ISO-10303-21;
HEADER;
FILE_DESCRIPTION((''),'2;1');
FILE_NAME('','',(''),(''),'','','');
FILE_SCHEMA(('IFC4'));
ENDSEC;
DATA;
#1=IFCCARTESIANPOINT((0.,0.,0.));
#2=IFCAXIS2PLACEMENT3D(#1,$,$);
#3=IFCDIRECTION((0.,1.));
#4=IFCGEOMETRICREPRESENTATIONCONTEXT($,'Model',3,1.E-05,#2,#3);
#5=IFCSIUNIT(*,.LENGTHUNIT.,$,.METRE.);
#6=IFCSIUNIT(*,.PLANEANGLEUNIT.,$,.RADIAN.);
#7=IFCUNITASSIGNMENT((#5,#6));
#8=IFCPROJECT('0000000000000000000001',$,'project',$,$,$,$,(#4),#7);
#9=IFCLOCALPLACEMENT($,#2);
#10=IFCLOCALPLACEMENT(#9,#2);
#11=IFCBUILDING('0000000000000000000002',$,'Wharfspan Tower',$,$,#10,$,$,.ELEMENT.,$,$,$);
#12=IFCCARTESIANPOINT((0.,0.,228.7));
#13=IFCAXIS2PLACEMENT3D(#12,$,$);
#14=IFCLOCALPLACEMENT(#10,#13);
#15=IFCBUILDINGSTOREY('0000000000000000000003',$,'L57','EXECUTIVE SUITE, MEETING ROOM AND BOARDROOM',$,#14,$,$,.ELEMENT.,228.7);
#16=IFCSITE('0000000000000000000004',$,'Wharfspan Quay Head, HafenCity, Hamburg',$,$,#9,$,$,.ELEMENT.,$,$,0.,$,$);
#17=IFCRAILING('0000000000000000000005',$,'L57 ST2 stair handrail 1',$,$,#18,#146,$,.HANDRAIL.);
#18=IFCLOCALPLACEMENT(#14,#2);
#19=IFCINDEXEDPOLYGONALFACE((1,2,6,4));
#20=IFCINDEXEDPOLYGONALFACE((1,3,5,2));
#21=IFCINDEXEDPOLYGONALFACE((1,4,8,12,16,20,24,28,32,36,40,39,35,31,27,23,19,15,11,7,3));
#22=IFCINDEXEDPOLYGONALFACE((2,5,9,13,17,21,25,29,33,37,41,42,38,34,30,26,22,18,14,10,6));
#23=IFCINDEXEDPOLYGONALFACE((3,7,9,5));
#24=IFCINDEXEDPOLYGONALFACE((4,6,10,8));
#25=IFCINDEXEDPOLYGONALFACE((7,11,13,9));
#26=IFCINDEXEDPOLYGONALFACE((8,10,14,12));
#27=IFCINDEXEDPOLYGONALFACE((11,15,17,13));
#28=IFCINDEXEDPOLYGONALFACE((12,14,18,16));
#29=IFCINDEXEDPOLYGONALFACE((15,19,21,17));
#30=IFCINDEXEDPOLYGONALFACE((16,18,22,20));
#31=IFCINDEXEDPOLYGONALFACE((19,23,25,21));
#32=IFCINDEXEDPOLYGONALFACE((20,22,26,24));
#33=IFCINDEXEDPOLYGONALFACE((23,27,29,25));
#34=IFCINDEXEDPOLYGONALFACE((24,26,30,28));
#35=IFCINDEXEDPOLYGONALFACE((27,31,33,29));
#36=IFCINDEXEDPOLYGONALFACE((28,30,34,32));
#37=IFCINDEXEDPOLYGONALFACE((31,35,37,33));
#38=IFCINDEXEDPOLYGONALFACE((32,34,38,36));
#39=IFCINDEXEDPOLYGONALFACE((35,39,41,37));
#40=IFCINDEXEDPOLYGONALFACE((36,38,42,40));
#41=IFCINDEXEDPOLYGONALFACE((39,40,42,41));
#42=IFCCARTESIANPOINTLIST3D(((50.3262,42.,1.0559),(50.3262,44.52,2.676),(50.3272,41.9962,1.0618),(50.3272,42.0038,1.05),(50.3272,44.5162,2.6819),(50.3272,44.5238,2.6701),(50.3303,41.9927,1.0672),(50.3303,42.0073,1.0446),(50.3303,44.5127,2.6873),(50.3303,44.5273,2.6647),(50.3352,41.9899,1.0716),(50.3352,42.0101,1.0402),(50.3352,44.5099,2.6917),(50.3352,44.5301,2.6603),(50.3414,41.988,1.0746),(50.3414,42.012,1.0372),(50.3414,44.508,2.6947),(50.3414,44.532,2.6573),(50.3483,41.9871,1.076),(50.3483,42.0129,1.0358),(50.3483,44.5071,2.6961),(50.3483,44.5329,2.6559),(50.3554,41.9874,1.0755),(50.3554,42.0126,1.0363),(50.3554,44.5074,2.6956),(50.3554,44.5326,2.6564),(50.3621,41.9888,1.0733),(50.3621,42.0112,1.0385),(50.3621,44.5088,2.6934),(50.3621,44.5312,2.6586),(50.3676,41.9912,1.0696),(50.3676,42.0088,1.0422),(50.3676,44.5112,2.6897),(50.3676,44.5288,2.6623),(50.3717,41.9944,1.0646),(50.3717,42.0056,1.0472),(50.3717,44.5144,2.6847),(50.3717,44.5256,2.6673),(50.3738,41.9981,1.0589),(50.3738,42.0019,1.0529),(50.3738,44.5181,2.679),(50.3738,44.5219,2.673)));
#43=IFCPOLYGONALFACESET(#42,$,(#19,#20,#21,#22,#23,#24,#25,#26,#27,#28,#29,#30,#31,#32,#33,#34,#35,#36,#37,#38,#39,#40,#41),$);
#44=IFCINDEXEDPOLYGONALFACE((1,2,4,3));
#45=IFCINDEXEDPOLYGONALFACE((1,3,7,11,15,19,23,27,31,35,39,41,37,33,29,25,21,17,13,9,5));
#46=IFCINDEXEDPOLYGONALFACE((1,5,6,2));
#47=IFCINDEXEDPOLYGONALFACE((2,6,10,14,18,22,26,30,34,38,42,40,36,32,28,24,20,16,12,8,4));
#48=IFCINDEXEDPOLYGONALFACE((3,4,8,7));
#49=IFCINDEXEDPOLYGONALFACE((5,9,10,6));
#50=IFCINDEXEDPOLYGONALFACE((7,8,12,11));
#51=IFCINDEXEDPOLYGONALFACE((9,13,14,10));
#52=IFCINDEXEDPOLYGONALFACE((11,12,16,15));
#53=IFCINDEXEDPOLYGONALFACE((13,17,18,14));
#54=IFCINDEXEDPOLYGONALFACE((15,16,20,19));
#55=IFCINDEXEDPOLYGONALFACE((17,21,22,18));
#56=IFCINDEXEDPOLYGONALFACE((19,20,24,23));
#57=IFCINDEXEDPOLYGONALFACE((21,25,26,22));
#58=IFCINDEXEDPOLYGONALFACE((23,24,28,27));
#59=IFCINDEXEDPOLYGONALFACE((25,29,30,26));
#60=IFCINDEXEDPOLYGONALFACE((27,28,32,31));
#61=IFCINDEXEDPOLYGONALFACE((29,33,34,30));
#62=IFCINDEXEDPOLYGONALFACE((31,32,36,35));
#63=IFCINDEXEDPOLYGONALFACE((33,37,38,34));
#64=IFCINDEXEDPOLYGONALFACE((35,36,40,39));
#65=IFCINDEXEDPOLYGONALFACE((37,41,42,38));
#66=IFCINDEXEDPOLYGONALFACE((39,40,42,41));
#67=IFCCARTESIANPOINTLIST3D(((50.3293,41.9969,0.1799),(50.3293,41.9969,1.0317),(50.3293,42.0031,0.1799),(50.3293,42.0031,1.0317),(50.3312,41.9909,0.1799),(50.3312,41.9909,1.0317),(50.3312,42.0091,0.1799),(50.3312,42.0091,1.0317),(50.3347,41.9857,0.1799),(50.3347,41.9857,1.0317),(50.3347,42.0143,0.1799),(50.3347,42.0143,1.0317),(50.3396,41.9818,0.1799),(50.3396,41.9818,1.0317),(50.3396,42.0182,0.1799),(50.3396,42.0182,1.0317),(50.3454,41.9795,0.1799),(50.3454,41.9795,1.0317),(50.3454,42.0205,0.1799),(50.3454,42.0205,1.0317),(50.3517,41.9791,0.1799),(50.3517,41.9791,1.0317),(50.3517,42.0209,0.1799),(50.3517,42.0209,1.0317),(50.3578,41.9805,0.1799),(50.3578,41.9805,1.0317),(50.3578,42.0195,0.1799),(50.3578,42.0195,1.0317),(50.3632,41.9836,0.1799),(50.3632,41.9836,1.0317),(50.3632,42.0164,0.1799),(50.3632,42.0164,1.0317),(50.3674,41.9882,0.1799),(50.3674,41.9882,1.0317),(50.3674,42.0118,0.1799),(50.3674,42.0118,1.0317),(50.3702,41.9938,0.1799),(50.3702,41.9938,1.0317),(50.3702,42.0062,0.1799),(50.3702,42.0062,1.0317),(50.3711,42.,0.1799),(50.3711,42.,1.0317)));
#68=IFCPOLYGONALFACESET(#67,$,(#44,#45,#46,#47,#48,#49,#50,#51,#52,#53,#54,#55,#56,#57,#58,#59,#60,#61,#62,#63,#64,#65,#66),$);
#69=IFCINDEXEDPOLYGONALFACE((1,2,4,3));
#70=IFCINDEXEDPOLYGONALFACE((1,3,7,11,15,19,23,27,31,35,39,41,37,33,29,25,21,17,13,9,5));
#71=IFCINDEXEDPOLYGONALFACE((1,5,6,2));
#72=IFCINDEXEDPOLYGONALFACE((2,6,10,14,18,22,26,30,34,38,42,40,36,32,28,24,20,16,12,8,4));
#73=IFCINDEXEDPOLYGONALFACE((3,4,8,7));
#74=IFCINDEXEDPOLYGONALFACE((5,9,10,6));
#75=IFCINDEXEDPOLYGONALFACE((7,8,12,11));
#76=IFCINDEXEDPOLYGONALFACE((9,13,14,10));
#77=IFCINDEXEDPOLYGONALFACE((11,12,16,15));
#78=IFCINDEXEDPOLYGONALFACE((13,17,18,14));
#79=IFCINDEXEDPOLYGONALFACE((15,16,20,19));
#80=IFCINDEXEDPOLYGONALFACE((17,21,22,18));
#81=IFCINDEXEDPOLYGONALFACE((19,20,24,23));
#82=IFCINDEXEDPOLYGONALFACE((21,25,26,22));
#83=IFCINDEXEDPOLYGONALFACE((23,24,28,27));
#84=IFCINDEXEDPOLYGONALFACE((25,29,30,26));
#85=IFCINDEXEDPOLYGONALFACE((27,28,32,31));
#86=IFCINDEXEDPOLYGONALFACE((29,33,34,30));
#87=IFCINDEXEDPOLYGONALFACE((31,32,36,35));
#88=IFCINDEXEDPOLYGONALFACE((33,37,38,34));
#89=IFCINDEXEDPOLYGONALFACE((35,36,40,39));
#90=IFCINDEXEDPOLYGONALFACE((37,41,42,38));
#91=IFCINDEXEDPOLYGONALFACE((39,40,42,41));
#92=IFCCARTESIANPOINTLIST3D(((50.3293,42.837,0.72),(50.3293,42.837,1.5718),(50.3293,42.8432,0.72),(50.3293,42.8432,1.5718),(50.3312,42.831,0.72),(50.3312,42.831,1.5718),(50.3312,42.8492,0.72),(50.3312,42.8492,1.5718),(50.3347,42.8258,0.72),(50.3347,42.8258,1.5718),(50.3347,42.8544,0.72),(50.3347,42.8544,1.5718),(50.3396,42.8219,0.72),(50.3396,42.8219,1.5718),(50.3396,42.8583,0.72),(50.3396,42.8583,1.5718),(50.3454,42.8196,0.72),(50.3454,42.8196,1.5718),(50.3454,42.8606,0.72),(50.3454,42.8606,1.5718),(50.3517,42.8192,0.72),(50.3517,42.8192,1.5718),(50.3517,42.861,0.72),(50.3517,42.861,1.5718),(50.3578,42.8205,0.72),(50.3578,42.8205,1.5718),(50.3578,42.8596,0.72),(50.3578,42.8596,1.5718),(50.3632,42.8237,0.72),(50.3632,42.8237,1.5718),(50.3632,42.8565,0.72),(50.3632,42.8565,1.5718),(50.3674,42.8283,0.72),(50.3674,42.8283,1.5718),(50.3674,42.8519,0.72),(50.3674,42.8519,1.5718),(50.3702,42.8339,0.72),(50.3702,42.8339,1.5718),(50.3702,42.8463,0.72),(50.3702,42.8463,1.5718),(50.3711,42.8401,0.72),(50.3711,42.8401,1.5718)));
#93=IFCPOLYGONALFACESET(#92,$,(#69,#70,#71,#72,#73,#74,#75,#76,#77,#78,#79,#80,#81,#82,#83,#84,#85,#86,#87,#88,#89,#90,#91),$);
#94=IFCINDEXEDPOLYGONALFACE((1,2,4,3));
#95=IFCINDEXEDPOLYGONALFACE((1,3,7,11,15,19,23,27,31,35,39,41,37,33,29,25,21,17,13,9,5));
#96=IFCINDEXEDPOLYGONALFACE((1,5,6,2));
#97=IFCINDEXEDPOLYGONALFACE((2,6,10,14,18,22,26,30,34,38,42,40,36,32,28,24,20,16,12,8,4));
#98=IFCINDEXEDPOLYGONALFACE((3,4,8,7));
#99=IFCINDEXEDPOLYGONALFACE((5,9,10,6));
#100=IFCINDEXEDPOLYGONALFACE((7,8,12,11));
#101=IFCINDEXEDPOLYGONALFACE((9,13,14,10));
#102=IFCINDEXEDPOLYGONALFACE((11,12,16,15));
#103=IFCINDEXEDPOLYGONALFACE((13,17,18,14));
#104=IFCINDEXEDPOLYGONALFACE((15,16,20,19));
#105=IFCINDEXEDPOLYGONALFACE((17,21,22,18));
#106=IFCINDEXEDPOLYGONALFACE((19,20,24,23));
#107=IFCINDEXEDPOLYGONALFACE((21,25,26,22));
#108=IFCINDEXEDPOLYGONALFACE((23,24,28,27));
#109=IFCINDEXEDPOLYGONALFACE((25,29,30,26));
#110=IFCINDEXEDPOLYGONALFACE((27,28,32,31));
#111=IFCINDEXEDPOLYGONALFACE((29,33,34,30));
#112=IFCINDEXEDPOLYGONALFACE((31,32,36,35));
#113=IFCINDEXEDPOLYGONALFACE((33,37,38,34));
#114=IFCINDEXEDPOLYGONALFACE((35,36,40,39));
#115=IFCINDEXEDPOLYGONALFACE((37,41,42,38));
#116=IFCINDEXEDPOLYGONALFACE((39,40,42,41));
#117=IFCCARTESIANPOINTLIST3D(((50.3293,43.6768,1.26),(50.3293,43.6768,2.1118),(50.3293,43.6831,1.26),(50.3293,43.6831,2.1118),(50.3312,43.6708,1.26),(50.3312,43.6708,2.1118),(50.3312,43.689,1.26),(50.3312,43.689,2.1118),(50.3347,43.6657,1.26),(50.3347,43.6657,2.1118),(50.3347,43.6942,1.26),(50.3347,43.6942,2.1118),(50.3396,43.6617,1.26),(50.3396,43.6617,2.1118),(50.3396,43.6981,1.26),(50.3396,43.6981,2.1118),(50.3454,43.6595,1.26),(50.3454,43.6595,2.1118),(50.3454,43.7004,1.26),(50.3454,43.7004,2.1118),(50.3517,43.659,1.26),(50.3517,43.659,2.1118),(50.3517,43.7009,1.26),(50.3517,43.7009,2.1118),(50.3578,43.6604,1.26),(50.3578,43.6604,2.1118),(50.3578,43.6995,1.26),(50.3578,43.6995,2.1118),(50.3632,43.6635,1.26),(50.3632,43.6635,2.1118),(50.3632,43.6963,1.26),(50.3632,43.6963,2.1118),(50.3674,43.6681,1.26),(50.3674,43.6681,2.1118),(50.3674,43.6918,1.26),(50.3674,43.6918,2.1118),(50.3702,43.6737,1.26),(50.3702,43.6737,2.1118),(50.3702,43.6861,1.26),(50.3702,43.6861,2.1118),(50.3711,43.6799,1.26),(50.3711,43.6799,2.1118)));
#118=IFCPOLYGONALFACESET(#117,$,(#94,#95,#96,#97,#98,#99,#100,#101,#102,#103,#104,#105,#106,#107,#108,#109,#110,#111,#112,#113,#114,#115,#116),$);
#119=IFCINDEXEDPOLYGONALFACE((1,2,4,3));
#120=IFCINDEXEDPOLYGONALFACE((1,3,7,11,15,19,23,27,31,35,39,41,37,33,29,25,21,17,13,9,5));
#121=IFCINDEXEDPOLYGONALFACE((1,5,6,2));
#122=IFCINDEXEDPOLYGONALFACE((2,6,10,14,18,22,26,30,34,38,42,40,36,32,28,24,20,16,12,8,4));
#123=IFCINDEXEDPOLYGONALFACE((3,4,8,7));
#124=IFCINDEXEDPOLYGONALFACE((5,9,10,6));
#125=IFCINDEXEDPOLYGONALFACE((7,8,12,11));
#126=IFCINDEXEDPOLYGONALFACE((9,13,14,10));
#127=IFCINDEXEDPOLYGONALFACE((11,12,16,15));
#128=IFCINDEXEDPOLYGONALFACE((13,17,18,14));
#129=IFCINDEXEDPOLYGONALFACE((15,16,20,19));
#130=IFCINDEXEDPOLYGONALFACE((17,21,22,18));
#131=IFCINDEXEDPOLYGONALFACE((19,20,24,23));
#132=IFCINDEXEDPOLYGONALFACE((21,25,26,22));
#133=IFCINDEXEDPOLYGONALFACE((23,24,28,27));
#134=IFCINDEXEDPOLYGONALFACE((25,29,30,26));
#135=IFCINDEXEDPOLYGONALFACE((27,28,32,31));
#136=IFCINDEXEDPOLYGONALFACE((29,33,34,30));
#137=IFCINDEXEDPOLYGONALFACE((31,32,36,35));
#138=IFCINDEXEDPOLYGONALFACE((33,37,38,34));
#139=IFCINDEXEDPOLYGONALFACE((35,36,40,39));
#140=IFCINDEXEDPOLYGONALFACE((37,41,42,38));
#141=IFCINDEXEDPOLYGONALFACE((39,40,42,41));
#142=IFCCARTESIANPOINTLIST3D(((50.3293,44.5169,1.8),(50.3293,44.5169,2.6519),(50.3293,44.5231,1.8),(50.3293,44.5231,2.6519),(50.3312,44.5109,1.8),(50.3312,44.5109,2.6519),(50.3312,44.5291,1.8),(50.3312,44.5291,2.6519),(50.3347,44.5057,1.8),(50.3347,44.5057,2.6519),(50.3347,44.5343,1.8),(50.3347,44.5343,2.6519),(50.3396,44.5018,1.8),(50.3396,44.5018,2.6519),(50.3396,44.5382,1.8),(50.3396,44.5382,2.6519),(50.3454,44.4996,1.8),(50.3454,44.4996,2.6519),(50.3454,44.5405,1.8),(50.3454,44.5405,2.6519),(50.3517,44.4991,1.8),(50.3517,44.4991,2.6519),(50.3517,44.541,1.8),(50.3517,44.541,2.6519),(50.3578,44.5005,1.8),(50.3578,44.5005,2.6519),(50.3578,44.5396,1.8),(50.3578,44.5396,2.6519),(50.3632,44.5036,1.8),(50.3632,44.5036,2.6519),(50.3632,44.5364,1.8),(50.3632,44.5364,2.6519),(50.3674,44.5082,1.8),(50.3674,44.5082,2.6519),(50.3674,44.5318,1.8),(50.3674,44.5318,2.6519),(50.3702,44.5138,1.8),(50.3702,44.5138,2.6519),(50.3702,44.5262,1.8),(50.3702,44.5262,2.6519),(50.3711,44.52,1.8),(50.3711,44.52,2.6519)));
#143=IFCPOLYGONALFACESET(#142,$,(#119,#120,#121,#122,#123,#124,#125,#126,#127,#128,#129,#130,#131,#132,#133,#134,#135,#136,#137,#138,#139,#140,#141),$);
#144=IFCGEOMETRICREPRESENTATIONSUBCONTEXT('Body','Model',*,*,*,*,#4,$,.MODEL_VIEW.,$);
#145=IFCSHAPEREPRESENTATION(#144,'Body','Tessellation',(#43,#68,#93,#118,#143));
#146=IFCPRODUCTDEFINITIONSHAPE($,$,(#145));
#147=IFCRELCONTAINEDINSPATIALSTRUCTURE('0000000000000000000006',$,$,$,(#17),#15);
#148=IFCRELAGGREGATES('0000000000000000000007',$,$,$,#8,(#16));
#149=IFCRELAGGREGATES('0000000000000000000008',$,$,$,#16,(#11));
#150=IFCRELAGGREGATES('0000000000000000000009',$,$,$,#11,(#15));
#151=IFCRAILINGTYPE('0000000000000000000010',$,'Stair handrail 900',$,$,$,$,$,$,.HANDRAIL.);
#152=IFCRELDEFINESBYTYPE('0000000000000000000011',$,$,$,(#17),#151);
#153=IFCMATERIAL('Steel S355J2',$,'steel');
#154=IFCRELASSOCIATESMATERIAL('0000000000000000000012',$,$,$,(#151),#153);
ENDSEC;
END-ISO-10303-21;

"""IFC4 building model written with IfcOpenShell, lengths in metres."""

from ifc_helpers import new_model, si_unit, direction, frame, origin, origin_2d, place, context, subcontext, project, spatial, circle, extrude, material, type_object, element, save


model = new_model("IFC4")

# Units and contexts
model_context = context("Model", 3, precision=1e-05, world=origin(), true_north=direction((0.0, 1.0)))
body_context = subcontext(model_context, "Body", "Model", "MODEL_VIEW")
ifc_project = project(units=[si_unit("LENGTHUNIT", "METRE"), si_unit("PLANEANGLEUNIT", "RADIAN")], contexts=[model_context])

# Site, building, storey
site_placement = place(None, origin())
site = spatial("IfcSite", under=ifc_project, at=site_placement, Name="Wharfspan Quay Head, HafenCity, Hamburg", CompositionType="ELEMENT", RefElevation=0.0)
building_placement = place(site_placement, origin())
building = spatial("IfcBuilding", under=site, at=building_placement, Name="Wharfspan Tower", CompositionType="ELEMENT")
storey_placement = place(building_placement, frame((0.0, 0.0, 228.7)))
storey = spatial("IfcBuildingStorey", under=building, at=storey_placement, Name="L57", Description="EXECUTIVE SUITE, MEETING ROOM AND BOARDROOM", CompositionType="ELEMENT", Elevation=228.7)

# Shared definitions
ifc_material_1 = material(Name="Steel S355J2", Category="steel")

# Railing
railing_type = type_object("IfcRailingType", Name="Stair handrail 900", PredefinedType="HANDRAIL", material=ifc_material_1)
railing_1_placement = place(storey_placement, frame((50.3501, 42.0, 0.1799)))
element("IfcRailing", 1, at=railing_1_placement, inside=storey, type_object=railing_type, Name="L57 ST2 stair handrail 1", PredefinedType="HANDRAIL", context=body_context, shape_type="SweptSolid", body=[
    extrude(circle(Radius=0.0239, at=origin_2d()), frame((0.0, 0.0, 0.876), z_axis=(0.0, 0.841163, 0.540782), x_axis=(-1.0, 0.0, 0.0)), (0.0, 0.0, 1.0), 2.9958),
    extrude(circle(Radius=0.021, at=origin_2d()), origin(), (0.0, 0.0, 1.0), 0.8518),
    extrude(circle(Radius=0.021, at=origin_2d()), frame((0.0, 0.8401, 0.54)), (0.0, 0.0, 1.0), 0.8518),
    extrude(circle(Radius=0.021, at=origin_2d()), frame((0.0, 1.6799, 1.0801)), (0.0, 0.0, 1.0), 0.8518),
    extrude(circle(Radius=0.021, at=origin_2d()), frame((0.0, 2.52, 1.6201)), (0.0, 0.0, 1.0), 0.8518),
])

save(model, "model.ifc")
